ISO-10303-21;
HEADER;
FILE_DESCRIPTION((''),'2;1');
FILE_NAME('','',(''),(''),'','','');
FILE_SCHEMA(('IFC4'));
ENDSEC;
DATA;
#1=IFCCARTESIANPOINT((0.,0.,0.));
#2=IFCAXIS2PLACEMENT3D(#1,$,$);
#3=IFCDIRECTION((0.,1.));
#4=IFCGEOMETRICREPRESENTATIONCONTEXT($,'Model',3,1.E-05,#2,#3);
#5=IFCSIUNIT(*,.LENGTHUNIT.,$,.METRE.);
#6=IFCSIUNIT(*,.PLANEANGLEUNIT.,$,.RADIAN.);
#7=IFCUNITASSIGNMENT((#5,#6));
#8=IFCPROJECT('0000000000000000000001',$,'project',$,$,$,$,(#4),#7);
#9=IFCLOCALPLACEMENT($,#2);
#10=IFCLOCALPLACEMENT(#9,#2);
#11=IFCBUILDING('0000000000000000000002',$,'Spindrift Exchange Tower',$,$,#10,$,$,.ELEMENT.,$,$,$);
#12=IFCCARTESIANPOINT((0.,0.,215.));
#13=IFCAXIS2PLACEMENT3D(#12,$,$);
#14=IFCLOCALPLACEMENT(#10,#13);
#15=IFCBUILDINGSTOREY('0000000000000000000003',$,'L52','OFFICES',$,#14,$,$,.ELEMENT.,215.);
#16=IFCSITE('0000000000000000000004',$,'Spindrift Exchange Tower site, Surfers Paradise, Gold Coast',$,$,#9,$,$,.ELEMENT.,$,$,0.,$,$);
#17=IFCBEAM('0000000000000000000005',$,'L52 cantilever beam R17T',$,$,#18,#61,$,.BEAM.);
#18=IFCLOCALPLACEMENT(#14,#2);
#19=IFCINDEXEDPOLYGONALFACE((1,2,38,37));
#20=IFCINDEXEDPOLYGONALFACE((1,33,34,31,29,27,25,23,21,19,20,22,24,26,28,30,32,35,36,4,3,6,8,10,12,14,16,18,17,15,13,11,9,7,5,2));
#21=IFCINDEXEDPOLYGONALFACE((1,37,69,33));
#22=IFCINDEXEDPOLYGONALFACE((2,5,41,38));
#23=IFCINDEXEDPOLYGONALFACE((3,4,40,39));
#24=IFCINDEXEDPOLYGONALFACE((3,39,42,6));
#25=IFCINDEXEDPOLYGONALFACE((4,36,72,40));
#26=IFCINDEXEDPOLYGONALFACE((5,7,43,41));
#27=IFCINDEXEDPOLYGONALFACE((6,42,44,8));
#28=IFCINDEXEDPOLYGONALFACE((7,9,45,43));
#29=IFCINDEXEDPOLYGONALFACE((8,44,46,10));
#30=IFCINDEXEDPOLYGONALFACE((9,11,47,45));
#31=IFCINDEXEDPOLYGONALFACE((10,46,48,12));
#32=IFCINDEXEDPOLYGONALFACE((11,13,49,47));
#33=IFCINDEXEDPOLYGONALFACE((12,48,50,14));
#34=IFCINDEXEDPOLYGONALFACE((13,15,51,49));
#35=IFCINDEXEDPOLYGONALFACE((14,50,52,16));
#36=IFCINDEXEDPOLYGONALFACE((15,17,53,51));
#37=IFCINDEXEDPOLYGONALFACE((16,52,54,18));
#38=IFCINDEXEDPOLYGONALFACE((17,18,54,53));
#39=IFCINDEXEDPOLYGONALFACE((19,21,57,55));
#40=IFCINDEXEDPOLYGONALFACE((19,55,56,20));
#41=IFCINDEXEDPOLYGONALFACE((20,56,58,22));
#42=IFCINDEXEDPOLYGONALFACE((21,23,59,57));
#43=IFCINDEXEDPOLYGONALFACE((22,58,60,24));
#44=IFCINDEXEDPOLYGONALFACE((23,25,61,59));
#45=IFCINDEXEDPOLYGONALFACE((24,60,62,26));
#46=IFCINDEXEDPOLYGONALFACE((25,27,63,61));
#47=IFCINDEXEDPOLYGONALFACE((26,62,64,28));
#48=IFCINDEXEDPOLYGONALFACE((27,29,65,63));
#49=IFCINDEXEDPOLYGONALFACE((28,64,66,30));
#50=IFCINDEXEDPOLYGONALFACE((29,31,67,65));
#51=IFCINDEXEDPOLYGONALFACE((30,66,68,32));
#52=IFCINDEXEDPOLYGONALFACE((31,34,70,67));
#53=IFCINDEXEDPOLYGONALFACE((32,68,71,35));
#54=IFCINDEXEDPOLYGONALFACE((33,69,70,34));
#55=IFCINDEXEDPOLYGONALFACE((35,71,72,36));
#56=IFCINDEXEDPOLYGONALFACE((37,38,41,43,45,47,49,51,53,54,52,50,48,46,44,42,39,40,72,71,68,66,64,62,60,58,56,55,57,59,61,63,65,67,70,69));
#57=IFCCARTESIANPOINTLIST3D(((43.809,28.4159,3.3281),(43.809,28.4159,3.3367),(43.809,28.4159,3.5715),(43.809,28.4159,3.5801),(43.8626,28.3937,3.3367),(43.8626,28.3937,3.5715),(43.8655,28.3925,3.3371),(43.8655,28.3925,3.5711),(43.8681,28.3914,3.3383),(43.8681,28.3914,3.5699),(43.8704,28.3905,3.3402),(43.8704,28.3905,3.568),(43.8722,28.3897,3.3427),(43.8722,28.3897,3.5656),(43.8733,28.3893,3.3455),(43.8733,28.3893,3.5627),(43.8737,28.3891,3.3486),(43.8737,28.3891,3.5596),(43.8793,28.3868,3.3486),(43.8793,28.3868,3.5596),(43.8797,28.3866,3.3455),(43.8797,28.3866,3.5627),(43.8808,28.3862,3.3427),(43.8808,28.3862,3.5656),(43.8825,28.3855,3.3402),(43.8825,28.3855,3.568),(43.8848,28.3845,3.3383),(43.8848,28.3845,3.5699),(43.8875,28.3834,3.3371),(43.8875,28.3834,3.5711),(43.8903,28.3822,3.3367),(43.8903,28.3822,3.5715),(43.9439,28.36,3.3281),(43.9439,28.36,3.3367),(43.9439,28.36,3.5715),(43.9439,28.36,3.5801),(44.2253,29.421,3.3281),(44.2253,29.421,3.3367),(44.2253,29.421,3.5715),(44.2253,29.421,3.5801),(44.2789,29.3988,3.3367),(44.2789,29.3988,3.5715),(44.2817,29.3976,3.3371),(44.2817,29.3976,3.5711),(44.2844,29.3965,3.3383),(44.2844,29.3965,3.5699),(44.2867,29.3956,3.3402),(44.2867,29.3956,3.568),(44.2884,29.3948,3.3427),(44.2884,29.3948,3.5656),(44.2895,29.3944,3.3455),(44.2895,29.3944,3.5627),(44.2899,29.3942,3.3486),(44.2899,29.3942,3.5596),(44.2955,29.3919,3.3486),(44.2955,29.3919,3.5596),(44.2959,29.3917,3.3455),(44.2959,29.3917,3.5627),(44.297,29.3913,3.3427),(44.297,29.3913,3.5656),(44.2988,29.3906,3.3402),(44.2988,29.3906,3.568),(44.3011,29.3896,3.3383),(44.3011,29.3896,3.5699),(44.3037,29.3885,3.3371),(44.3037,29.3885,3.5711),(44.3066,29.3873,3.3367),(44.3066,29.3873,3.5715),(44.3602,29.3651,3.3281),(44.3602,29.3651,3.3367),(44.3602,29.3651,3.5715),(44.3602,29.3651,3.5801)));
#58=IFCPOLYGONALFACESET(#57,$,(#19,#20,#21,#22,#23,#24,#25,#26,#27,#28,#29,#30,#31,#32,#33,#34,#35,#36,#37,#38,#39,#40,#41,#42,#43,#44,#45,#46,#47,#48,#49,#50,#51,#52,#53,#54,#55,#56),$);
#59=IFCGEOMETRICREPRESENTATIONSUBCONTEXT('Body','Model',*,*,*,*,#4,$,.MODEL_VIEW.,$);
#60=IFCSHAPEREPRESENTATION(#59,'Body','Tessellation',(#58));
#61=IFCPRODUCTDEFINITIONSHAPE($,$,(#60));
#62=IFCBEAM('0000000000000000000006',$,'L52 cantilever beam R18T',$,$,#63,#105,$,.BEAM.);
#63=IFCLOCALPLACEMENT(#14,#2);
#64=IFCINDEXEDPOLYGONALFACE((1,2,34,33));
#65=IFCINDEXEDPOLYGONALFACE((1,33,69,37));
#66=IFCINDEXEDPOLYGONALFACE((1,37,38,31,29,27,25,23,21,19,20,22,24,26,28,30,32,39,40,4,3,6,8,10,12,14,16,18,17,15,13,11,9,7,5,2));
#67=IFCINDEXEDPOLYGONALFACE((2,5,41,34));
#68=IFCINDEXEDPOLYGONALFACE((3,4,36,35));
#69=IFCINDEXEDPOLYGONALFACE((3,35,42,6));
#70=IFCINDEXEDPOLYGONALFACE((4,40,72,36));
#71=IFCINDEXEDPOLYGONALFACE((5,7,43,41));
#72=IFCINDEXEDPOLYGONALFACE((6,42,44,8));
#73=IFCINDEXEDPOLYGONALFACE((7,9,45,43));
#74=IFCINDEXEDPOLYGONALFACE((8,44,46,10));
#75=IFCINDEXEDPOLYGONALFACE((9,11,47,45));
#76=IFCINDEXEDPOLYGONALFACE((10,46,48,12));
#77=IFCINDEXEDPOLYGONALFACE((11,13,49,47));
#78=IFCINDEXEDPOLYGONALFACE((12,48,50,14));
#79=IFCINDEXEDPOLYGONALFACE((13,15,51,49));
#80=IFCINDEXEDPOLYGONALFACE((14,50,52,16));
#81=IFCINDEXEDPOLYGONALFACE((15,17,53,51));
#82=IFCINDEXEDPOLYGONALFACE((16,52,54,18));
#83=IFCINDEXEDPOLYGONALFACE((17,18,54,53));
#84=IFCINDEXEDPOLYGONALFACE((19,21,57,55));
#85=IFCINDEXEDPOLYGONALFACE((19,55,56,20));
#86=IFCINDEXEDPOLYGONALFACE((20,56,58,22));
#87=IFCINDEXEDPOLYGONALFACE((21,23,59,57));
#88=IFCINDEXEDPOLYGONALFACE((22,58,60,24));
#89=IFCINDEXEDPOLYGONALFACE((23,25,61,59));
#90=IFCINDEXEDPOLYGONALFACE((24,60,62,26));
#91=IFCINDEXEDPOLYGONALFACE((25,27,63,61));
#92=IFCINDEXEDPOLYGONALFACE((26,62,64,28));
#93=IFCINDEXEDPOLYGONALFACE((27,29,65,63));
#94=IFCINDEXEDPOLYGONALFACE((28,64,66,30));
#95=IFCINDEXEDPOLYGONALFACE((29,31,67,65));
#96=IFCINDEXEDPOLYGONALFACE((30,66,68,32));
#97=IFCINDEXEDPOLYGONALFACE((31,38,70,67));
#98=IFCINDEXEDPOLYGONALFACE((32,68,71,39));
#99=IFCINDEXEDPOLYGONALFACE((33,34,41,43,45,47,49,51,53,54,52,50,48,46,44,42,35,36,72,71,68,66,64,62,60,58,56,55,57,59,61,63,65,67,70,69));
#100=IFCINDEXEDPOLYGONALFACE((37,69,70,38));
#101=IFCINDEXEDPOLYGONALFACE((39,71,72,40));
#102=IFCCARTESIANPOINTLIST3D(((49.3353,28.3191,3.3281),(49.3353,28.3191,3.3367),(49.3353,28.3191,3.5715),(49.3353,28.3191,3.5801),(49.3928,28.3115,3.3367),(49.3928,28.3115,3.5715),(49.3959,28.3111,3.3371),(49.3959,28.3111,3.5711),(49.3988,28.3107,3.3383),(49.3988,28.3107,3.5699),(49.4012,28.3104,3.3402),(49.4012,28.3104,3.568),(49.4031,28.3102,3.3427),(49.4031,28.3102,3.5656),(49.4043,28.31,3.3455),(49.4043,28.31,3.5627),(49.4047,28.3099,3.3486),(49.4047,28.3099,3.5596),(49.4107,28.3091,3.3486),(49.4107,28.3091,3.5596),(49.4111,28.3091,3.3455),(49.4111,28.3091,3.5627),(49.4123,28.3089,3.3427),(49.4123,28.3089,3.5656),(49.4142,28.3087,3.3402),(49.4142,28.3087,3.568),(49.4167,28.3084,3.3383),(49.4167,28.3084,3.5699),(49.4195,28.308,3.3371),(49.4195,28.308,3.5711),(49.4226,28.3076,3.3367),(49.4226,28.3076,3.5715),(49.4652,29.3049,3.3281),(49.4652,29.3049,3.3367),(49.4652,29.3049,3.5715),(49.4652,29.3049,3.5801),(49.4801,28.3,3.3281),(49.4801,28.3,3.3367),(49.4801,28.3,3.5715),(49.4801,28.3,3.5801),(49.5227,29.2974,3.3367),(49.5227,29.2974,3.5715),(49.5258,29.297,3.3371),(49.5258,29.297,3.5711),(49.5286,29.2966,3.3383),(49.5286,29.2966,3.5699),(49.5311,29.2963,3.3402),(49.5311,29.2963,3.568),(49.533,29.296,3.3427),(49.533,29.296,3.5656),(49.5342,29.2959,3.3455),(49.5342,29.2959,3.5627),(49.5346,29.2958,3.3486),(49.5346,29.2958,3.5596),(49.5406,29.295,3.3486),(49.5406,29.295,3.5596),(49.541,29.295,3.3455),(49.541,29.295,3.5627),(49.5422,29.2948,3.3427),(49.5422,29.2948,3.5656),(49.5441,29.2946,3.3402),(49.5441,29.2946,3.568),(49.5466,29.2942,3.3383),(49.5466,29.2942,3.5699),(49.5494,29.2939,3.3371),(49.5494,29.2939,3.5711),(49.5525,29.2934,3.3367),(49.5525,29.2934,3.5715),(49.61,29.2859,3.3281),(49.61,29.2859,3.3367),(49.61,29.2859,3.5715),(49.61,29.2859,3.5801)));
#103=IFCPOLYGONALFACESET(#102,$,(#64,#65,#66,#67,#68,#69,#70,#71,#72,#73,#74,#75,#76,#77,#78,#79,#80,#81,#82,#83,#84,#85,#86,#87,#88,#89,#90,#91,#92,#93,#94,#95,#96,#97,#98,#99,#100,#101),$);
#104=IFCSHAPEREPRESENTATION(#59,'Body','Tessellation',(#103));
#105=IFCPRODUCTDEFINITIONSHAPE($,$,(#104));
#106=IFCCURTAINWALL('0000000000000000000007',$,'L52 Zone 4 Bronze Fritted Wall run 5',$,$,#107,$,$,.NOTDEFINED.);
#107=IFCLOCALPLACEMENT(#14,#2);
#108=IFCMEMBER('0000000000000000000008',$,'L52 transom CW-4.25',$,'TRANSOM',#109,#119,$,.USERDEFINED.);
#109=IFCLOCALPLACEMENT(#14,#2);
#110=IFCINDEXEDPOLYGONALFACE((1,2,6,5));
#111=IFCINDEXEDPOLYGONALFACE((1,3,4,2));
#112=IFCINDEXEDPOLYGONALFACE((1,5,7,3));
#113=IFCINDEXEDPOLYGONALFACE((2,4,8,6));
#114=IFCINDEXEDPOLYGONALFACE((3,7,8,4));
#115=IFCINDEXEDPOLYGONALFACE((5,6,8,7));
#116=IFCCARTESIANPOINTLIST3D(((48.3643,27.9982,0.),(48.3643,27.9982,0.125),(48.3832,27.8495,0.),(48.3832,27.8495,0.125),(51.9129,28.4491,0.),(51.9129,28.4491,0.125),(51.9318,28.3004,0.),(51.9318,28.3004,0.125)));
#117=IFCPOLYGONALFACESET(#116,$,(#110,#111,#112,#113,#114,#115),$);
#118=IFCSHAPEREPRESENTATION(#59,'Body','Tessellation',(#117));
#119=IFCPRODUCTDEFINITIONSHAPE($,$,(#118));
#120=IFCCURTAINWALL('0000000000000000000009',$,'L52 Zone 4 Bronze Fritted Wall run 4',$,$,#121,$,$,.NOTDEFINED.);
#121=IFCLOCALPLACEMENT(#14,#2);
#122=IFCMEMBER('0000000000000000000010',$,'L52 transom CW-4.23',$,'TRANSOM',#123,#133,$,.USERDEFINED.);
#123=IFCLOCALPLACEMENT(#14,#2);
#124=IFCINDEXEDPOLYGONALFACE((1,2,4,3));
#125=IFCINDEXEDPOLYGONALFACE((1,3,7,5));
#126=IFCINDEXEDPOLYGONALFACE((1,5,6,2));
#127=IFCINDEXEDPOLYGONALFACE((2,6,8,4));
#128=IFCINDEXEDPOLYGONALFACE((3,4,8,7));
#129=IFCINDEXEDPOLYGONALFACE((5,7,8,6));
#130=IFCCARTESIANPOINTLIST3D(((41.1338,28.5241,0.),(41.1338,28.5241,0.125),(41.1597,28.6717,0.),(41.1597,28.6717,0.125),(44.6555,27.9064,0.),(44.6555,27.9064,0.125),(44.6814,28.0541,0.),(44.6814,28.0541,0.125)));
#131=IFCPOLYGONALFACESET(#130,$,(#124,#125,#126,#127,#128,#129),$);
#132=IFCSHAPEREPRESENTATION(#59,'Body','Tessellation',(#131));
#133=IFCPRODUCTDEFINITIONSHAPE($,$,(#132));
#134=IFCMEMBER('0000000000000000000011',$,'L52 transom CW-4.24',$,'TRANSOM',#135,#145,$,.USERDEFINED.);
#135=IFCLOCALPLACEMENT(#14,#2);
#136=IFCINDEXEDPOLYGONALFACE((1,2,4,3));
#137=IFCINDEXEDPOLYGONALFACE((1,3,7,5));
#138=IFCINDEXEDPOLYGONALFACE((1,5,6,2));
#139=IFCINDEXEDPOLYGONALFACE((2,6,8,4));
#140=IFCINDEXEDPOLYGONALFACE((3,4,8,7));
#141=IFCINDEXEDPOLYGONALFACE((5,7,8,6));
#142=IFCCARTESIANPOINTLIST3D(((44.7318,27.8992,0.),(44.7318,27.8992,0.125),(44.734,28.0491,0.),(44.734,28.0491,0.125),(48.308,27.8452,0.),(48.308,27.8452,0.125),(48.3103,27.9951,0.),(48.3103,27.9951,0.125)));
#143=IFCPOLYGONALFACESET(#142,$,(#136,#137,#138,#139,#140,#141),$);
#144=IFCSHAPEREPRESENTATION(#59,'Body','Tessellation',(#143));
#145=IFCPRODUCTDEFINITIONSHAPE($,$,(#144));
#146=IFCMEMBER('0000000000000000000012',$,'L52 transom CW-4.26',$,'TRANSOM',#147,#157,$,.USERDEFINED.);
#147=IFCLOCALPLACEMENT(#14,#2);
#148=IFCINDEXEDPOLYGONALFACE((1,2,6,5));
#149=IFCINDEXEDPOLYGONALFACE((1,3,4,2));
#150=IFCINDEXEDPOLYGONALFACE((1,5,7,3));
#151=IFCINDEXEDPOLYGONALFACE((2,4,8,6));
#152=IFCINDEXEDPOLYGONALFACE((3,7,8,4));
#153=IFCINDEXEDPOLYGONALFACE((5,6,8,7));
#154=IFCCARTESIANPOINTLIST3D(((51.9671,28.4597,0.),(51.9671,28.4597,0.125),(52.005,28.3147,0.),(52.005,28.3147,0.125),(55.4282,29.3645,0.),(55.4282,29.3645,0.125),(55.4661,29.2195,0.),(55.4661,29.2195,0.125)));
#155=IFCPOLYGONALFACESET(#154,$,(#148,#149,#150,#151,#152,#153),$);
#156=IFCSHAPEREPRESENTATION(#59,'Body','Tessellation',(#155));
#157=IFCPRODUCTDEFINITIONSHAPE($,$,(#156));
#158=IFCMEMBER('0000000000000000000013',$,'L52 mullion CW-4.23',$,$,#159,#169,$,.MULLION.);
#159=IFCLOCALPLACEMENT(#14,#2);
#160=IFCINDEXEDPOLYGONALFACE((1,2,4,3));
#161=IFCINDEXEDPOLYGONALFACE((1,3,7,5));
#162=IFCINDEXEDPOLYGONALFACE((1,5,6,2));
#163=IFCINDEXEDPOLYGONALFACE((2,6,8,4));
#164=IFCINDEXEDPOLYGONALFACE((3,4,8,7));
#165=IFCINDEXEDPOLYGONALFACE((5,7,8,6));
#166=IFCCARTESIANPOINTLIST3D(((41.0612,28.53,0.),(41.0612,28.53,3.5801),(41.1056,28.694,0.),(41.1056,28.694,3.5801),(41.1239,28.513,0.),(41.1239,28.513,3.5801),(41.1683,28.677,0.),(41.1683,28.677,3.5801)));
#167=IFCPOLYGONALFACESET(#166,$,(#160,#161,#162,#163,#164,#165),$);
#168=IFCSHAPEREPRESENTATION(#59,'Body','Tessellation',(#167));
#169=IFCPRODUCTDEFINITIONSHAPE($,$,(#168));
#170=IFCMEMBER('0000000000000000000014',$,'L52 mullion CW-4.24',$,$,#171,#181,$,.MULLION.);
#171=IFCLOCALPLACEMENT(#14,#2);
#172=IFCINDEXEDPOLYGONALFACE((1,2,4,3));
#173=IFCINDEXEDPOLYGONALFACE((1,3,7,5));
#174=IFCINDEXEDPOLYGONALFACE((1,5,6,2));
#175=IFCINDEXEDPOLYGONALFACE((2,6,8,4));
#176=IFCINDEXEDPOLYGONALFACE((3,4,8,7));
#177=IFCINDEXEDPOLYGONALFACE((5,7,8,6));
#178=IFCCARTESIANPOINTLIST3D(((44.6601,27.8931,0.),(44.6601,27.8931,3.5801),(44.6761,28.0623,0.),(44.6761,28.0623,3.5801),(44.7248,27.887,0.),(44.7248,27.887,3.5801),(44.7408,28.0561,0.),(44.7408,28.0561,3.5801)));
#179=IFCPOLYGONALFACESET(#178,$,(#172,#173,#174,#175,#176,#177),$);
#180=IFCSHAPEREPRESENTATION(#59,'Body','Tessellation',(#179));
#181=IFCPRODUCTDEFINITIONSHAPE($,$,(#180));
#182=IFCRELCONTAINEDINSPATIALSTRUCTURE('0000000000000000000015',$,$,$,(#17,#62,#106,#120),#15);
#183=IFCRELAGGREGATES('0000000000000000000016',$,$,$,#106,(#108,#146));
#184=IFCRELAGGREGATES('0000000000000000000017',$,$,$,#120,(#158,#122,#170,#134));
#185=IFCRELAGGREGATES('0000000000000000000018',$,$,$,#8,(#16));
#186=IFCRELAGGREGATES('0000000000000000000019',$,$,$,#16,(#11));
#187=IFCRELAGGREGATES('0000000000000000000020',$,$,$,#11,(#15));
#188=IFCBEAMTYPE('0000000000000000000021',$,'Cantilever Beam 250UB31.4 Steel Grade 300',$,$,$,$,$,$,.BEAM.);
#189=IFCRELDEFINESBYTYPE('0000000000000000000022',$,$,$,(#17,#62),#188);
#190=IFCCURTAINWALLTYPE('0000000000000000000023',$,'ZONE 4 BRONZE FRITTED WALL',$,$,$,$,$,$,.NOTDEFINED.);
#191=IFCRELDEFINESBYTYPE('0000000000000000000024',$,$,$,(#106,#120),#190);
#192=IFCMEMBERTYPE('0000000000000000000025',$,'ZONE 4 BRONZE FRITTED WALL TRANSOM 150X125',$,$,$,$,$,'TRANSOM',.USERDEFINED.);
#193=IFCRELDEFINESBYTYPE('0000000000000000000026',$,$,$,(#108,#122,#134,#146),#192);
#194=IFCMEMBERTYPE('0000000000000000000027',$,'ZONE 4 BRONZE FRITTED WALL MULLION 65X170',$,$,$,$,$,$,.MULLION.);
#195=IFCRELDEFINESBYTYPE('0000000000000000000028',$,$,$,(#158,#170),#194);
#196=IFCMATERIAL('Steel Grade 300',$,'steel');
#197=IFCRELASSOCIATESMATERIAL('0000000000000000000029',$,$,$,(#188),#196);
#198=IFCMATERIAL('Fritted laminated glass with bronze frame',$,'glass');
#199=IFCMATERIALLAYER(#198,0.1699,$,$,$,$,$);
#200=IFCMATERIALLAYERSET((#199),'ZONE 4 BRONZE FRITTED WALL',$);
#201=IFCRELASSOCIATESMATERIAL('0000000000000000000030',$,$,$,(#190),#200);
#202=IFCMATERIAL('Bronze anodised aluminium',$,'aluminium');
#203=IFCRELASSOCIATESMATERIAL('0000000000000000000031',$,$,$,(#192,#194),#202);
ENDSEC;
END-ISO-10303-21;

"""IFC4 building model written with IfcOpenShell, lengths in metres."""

from ifc_helpers import new_model, si_unit, direction, frame, origin, origin_2d, place, context, subcontext, project, spatial, rectangle, i_section, extrude, source, transform, mapped, material, layer, layer_set, material_profile, profile_set, type_object, element, aggregate, save


model = new_model("IFC4")

# Units and contexts
model_context = context("Model", 3, precision=1e-05, world=origin(), true_north=direction((0.0, 1.0)))
body_context = subcontext(model_context, "Body", "Model", "MODEL_VIEW")
ifc_project = project(units=[si_unit("LENGTHUNIT", "METRE"), si_unit("PLANEANGLEUNIT", "RADIAN")], contexts=[model_context])

# Site, building, storey
site_placement = place(None, origin())
site = spatial("IfcSite", under=ifc_project, at=site_placement, Name="Spindrift Exchange Tower site, Surfers Paradise, Gold Coast", CompositionType="ELEMENT", RefElevation=0.0)
building_placement = place(site_placement, origin())
building = spatial("IfcBuilding", under=site, at=building_placement, Name="Spindrift Exchange Tower", CompositionType="ELEMENT")
storey_placement = place(building_placement, frame((0.0, 0.0, 215.0)))
storey = spatial("IfcBuildingStorey", under=building, at=storey_placement, Name="L52", Description="OFFICES", CompositionType="ELEMENT", Elevation=215.0)

# Beams
ifc_material_1 = material(Name="Steel Grade 300", Category="steel")
ifc_material_profile_1 = material_profile(ifc_material_1, i_section(OverallWidth=0.146, OverallDepth=0.252, WebThickness=0.0061, FlangeThickness=0.0085, FilletRadius=0.012, at=origin_2d()), Name="250UB31.4")
ifc_profile_set_1 = profile_set([ifc_material_profile_1], Name="Steel Grade 300")
beam_type_1 = type_object("IfcBeamType", Name="Cantilever Beam 250UB31.4 Steel Grade 300", PredefinedType="BEAM", material=ifc_profile_set_1)
shared_shape_1 = source(origin(), body_context, "Body", "SweptSolid", [
    extrude(i_section(OverallWidth=0.146, OverallDepth=0.252, WebThickness=0.0061, FlangeThickness=0.0085, FilletRadius=0.012, at=origin_2d()), origin(), (0.0, 0.0, 1.0), 1.0879),
])
beam_1_placement = place(storey_placement, frame((44.2927, 29.3931, 3.4541), z_axis=(-0.382623, -0.923905, 0.0), x_axis=(0.923905, -0.382623, 0.0)))
element("IfcBeam", 1, at=beam_1_placement, inside=storey, type_object=beam_type_1, Name="L52 cantilever beam R17T", PredefinedType="BEAM", context=body_context, shape_type="MappedRepresentation", body=[
    mapped(shared_shape_1, transform((0.0, 0.0, 0.0), scale=1.0)),
])
shared_shape_2 = source(origin(), body_context, "Body", "SweptSolid", [
    extrude(i_section(OverallWidth=0.146, OverallDepth=0.252, WebThickness=0.0061, FlangeThickness=0.0085, FilletRadius=0.012, at=origin_2d()), origin(), (0.0, 0.0, 1.0), 0.9944),
])
beam_2_placement = place(storey_placement, frame((49.5376, 29.2954, 3.4541), z_axis=(-0.13062, -0.991433, 0.0), x_axis=(0.991433, -0.13062, 0.0)))
element("IfcBeam", 2, at=beam_2_placement, inside=storey, type_object=beam_type_1, Name="L52 cantilever beam R18T", PredefinedType="BEAM", context=body_context, shape_type="MappedRepresentation", body=[
    mapped(shared_shape_2, transform((0.0, 0.0, 0.0), scale=1.0)),
])

# Curtain wall, member
ifc_material_2 = material(Name="Fritted laminated glass with bronze frame", Category="glass")
ifc_layer_1 = layer(ifc_material_2, 0.1699)
ifc_layer_set_1 = layer_set([ifc_layer_1], Name="ZONE 4 BRONZE FRITTED WALL")
curtain_wall_type = type_object("IfcCurtainWallType", Name="ZONE 4 BRONZE FRITTED WALL", PredefinedType="NOTDEFINED", material=ifc_layer_set_1)
curtain_wall_1_placement = place(storey_placement, origin())
curtain_wall_1 = element("IfcCurtainWall", 3, at=curtain_wall_1_placement, inside=storey, type_object=curtain_wall_type, Name="L52 Zone 4 Bronze Fritted Wall run 5", PredefinedType="NOTDEFINED")
ifc_material_3 = material(Name="Bronze anodised aluminium", Category="aluminium")
ifc_material_profile_2 = material_profile(ifc_material_3, rectangle(XDim=0.1499, YDim=0.125, at=origin_2d()), Name="ZONE 4 BRONZE FRITTED WALL TRANSOM 150X125")
ifc_profile_set_2 = profile_set([ifc_material_profile_2], Name="Bronze anodised aluminium")
member_type_1 = type_object("IfcMemberType", Name="ZONE 4 BRONZE FRITTED WALL TRANSOM 150X125", ElementType="TRANSOM", PredefinedType="USERDEFINED", material=ifc_profile_set_2)
shared_shape_3 = source(origin(), body_context, "Body", "SweptSolid", [
    extrude(rectangle(XDim=0.1499, YDim=0.125, at=origin_2d()), origin(), (0.0, 0.0, 1.0), 3.5771),
])
member_1_placement = place(storey_placement, frame((48.3738, 27.9238, 0.0625), z_axis=(0.992023, 0.126059, 0.0), x_axis=(-0.126059, 0.992023, 0.0)))
member_1 = element("IfcMember", 4, at=member_1_placement, type_object=member_type_1, Name="L52 transom CW-4.25", ObjectType="TRANSOM", PredefinedType="USERDEFINED", context=body_context, shape_type="MappedRepresentation", body=[
    mapped(shared_shape_3, transform((0.0, 0.0, 0.0), scale=1.0)),
])

# Curtain wall, members
curtain_wall_2_placement = place(storey_placement, origin())
curtain_wall_2 = element("IfcCurtainWall", 5, at=curtain_wall_2_placement, inside=storey, type_object=curtain_wall_type, Name="L52 Zone 4 Bronze Fritted Wall run 4", PredefinedType="NOTDEFINED")
shared_shape_4 = source(origin(), body_context, "Body", "SweptSolid", [
    extrude(rectangle(XDim=0.1499, YDim=0.125, at=origin_2d()), origin(), (0.0, 0.0, 1.0), 3.5754),
])
member_2_placement = place(storey_placement, frame((41.1467, 28.5979, 0.0625), z_axis=(0.984965, -0.172753, 0.0), x_axis=(0.172753, 0.984965, 0.0)))
member_2 = element("IfcMember", 6, at=member_2_placement, type_object=member_type_1, Name="L52 transom CW-4.23", ObjectType="TRANSOM", PredefinedType="USERDEFINED", context=body_context, shape_type="MappedRepresentation", body=[
    mapped(shared_shape_4, transform((0.0, 0.0, 0.0), scale=1.0)),
])
shared_shape_5 = source(origin(), body_context, "Body", "SweptSolid", [
    extrude(rectangle(XDim=0.1499, YDim=0.125, at=origin_2d()), origin(), (0.0, 0.0, 1.0), 3.5767),
])
member_3_placement = place(storey_placement, frame((44.7329, 27.9741, 0.0625), z_axis=(0.999886, -0.015086, 0.0), x_axis=(0.015086, 0.999886, 0.0)))
member_3 = element("IfcMember", 7, at=member_3_placement, type_object=member_type_1, Name="L52 transom CW-4.24", ObjectType="TRANSOM", PredefinedType="USERDEFINED", context=body_context, shape_type="MappedRepresentation", body=[
    mapped(shared_shape_5, transform((0.0, 0.0, 0.0), scale=1.0)),
])

# Members
shared_shape_6 = source(origin(), body_context, "Body", "SweptSolid", [
    extrude(rectangle(XDim=0.1499, YDim=0.125, at=origin_2d()), origin(), (0.0, 0.0, 1.0), 3.5774),
])
member_4_placement = place(storey_placement, frame((51.9861, 28.3872, 0.0625), z_axis=(0.96749, 0.252911, 0.0), x_axis=(-0.252911, 0.96749, 0.0)))
member_4 = element("IfcMember", 8, at=member_4_placement, type_object=member_type_1, Name="L52 transom CW-4.26", ObjectType="TRANSOM", PredefinedType="USERDEFINED", context=body_context, shape_type="MappedRepresentation", body=[
    mapped(shared_shape_6, transform((0.0, 0.0, 0.0), scale=1.0)),
])
ifc_material_profile_3 = material_profile(ifc_material_3, rectangle(XDim=0.0649, YDim=0.1699, at=origin_2d()), Name="ZONE 4 BRONZE FRITTED WALL MULLION 65X170")
ifc_profile_set_3 = profile_set([ifc_material_profile_3], Name="Bronze anodised aluminium")
member_type_2 = type_object("IfcMemberType", Name="ZONE 4 BRONZE FRITTED WALL MULLION 65X170", PredefinedType="MULLION", material=ifc_profile_set_3)
shared_shape_7 = source(origin(), body_context, "Body", "SweptSolid", [
    extrude(rectangle(XDim=0.0649, YDim=0.1699, at=origin_2d()), origin(), (0.0, 0.0, 1.0), 3.5801),
])
member_5_placement = place(storey_placement, frame((41.1147, 28.6035, 0.0), z_axis=(0.0, 0.0, 1.0), x_axis=(0.96529, -0.261181, 0.0)))
member_5 = element("IfcMember", 9, at=member_5_placement, type_object=member_type_2, Name="L52 mullion CW-4.23", PredefinedType="MULLION", context=body_context, shape_type="MappedRepresentation", body=[
    mapped(shared_shape_7, transform((0.0, 0.0, 0.0), scale=1.0)),
])
member_6_placement = place(storey_placement, frame((44.7004, 27.9746, 0.0), z_axis=(0.0, 0.0, 1.0), x_axis=(0.995551, -0.094224, 0.0)))
member_6 = element("IfcMember", 10, at=member_6_placement, type_object=member_type_2, Name="L52 mullion CW-4.24", PredefinedType="MULLION", context=body_context, shape_type="MappedRepresentation", body=[
    mapped(shared_shape_7, transform((0.0, 0.0, 0.0), scale=1.0)),
])

aggregate(curtain_wall_1, [member_1, member_4])
aggregate(curtain_wall_2, [member_5, member_2, member_6, member_3])

save(model, "model.ifc")
